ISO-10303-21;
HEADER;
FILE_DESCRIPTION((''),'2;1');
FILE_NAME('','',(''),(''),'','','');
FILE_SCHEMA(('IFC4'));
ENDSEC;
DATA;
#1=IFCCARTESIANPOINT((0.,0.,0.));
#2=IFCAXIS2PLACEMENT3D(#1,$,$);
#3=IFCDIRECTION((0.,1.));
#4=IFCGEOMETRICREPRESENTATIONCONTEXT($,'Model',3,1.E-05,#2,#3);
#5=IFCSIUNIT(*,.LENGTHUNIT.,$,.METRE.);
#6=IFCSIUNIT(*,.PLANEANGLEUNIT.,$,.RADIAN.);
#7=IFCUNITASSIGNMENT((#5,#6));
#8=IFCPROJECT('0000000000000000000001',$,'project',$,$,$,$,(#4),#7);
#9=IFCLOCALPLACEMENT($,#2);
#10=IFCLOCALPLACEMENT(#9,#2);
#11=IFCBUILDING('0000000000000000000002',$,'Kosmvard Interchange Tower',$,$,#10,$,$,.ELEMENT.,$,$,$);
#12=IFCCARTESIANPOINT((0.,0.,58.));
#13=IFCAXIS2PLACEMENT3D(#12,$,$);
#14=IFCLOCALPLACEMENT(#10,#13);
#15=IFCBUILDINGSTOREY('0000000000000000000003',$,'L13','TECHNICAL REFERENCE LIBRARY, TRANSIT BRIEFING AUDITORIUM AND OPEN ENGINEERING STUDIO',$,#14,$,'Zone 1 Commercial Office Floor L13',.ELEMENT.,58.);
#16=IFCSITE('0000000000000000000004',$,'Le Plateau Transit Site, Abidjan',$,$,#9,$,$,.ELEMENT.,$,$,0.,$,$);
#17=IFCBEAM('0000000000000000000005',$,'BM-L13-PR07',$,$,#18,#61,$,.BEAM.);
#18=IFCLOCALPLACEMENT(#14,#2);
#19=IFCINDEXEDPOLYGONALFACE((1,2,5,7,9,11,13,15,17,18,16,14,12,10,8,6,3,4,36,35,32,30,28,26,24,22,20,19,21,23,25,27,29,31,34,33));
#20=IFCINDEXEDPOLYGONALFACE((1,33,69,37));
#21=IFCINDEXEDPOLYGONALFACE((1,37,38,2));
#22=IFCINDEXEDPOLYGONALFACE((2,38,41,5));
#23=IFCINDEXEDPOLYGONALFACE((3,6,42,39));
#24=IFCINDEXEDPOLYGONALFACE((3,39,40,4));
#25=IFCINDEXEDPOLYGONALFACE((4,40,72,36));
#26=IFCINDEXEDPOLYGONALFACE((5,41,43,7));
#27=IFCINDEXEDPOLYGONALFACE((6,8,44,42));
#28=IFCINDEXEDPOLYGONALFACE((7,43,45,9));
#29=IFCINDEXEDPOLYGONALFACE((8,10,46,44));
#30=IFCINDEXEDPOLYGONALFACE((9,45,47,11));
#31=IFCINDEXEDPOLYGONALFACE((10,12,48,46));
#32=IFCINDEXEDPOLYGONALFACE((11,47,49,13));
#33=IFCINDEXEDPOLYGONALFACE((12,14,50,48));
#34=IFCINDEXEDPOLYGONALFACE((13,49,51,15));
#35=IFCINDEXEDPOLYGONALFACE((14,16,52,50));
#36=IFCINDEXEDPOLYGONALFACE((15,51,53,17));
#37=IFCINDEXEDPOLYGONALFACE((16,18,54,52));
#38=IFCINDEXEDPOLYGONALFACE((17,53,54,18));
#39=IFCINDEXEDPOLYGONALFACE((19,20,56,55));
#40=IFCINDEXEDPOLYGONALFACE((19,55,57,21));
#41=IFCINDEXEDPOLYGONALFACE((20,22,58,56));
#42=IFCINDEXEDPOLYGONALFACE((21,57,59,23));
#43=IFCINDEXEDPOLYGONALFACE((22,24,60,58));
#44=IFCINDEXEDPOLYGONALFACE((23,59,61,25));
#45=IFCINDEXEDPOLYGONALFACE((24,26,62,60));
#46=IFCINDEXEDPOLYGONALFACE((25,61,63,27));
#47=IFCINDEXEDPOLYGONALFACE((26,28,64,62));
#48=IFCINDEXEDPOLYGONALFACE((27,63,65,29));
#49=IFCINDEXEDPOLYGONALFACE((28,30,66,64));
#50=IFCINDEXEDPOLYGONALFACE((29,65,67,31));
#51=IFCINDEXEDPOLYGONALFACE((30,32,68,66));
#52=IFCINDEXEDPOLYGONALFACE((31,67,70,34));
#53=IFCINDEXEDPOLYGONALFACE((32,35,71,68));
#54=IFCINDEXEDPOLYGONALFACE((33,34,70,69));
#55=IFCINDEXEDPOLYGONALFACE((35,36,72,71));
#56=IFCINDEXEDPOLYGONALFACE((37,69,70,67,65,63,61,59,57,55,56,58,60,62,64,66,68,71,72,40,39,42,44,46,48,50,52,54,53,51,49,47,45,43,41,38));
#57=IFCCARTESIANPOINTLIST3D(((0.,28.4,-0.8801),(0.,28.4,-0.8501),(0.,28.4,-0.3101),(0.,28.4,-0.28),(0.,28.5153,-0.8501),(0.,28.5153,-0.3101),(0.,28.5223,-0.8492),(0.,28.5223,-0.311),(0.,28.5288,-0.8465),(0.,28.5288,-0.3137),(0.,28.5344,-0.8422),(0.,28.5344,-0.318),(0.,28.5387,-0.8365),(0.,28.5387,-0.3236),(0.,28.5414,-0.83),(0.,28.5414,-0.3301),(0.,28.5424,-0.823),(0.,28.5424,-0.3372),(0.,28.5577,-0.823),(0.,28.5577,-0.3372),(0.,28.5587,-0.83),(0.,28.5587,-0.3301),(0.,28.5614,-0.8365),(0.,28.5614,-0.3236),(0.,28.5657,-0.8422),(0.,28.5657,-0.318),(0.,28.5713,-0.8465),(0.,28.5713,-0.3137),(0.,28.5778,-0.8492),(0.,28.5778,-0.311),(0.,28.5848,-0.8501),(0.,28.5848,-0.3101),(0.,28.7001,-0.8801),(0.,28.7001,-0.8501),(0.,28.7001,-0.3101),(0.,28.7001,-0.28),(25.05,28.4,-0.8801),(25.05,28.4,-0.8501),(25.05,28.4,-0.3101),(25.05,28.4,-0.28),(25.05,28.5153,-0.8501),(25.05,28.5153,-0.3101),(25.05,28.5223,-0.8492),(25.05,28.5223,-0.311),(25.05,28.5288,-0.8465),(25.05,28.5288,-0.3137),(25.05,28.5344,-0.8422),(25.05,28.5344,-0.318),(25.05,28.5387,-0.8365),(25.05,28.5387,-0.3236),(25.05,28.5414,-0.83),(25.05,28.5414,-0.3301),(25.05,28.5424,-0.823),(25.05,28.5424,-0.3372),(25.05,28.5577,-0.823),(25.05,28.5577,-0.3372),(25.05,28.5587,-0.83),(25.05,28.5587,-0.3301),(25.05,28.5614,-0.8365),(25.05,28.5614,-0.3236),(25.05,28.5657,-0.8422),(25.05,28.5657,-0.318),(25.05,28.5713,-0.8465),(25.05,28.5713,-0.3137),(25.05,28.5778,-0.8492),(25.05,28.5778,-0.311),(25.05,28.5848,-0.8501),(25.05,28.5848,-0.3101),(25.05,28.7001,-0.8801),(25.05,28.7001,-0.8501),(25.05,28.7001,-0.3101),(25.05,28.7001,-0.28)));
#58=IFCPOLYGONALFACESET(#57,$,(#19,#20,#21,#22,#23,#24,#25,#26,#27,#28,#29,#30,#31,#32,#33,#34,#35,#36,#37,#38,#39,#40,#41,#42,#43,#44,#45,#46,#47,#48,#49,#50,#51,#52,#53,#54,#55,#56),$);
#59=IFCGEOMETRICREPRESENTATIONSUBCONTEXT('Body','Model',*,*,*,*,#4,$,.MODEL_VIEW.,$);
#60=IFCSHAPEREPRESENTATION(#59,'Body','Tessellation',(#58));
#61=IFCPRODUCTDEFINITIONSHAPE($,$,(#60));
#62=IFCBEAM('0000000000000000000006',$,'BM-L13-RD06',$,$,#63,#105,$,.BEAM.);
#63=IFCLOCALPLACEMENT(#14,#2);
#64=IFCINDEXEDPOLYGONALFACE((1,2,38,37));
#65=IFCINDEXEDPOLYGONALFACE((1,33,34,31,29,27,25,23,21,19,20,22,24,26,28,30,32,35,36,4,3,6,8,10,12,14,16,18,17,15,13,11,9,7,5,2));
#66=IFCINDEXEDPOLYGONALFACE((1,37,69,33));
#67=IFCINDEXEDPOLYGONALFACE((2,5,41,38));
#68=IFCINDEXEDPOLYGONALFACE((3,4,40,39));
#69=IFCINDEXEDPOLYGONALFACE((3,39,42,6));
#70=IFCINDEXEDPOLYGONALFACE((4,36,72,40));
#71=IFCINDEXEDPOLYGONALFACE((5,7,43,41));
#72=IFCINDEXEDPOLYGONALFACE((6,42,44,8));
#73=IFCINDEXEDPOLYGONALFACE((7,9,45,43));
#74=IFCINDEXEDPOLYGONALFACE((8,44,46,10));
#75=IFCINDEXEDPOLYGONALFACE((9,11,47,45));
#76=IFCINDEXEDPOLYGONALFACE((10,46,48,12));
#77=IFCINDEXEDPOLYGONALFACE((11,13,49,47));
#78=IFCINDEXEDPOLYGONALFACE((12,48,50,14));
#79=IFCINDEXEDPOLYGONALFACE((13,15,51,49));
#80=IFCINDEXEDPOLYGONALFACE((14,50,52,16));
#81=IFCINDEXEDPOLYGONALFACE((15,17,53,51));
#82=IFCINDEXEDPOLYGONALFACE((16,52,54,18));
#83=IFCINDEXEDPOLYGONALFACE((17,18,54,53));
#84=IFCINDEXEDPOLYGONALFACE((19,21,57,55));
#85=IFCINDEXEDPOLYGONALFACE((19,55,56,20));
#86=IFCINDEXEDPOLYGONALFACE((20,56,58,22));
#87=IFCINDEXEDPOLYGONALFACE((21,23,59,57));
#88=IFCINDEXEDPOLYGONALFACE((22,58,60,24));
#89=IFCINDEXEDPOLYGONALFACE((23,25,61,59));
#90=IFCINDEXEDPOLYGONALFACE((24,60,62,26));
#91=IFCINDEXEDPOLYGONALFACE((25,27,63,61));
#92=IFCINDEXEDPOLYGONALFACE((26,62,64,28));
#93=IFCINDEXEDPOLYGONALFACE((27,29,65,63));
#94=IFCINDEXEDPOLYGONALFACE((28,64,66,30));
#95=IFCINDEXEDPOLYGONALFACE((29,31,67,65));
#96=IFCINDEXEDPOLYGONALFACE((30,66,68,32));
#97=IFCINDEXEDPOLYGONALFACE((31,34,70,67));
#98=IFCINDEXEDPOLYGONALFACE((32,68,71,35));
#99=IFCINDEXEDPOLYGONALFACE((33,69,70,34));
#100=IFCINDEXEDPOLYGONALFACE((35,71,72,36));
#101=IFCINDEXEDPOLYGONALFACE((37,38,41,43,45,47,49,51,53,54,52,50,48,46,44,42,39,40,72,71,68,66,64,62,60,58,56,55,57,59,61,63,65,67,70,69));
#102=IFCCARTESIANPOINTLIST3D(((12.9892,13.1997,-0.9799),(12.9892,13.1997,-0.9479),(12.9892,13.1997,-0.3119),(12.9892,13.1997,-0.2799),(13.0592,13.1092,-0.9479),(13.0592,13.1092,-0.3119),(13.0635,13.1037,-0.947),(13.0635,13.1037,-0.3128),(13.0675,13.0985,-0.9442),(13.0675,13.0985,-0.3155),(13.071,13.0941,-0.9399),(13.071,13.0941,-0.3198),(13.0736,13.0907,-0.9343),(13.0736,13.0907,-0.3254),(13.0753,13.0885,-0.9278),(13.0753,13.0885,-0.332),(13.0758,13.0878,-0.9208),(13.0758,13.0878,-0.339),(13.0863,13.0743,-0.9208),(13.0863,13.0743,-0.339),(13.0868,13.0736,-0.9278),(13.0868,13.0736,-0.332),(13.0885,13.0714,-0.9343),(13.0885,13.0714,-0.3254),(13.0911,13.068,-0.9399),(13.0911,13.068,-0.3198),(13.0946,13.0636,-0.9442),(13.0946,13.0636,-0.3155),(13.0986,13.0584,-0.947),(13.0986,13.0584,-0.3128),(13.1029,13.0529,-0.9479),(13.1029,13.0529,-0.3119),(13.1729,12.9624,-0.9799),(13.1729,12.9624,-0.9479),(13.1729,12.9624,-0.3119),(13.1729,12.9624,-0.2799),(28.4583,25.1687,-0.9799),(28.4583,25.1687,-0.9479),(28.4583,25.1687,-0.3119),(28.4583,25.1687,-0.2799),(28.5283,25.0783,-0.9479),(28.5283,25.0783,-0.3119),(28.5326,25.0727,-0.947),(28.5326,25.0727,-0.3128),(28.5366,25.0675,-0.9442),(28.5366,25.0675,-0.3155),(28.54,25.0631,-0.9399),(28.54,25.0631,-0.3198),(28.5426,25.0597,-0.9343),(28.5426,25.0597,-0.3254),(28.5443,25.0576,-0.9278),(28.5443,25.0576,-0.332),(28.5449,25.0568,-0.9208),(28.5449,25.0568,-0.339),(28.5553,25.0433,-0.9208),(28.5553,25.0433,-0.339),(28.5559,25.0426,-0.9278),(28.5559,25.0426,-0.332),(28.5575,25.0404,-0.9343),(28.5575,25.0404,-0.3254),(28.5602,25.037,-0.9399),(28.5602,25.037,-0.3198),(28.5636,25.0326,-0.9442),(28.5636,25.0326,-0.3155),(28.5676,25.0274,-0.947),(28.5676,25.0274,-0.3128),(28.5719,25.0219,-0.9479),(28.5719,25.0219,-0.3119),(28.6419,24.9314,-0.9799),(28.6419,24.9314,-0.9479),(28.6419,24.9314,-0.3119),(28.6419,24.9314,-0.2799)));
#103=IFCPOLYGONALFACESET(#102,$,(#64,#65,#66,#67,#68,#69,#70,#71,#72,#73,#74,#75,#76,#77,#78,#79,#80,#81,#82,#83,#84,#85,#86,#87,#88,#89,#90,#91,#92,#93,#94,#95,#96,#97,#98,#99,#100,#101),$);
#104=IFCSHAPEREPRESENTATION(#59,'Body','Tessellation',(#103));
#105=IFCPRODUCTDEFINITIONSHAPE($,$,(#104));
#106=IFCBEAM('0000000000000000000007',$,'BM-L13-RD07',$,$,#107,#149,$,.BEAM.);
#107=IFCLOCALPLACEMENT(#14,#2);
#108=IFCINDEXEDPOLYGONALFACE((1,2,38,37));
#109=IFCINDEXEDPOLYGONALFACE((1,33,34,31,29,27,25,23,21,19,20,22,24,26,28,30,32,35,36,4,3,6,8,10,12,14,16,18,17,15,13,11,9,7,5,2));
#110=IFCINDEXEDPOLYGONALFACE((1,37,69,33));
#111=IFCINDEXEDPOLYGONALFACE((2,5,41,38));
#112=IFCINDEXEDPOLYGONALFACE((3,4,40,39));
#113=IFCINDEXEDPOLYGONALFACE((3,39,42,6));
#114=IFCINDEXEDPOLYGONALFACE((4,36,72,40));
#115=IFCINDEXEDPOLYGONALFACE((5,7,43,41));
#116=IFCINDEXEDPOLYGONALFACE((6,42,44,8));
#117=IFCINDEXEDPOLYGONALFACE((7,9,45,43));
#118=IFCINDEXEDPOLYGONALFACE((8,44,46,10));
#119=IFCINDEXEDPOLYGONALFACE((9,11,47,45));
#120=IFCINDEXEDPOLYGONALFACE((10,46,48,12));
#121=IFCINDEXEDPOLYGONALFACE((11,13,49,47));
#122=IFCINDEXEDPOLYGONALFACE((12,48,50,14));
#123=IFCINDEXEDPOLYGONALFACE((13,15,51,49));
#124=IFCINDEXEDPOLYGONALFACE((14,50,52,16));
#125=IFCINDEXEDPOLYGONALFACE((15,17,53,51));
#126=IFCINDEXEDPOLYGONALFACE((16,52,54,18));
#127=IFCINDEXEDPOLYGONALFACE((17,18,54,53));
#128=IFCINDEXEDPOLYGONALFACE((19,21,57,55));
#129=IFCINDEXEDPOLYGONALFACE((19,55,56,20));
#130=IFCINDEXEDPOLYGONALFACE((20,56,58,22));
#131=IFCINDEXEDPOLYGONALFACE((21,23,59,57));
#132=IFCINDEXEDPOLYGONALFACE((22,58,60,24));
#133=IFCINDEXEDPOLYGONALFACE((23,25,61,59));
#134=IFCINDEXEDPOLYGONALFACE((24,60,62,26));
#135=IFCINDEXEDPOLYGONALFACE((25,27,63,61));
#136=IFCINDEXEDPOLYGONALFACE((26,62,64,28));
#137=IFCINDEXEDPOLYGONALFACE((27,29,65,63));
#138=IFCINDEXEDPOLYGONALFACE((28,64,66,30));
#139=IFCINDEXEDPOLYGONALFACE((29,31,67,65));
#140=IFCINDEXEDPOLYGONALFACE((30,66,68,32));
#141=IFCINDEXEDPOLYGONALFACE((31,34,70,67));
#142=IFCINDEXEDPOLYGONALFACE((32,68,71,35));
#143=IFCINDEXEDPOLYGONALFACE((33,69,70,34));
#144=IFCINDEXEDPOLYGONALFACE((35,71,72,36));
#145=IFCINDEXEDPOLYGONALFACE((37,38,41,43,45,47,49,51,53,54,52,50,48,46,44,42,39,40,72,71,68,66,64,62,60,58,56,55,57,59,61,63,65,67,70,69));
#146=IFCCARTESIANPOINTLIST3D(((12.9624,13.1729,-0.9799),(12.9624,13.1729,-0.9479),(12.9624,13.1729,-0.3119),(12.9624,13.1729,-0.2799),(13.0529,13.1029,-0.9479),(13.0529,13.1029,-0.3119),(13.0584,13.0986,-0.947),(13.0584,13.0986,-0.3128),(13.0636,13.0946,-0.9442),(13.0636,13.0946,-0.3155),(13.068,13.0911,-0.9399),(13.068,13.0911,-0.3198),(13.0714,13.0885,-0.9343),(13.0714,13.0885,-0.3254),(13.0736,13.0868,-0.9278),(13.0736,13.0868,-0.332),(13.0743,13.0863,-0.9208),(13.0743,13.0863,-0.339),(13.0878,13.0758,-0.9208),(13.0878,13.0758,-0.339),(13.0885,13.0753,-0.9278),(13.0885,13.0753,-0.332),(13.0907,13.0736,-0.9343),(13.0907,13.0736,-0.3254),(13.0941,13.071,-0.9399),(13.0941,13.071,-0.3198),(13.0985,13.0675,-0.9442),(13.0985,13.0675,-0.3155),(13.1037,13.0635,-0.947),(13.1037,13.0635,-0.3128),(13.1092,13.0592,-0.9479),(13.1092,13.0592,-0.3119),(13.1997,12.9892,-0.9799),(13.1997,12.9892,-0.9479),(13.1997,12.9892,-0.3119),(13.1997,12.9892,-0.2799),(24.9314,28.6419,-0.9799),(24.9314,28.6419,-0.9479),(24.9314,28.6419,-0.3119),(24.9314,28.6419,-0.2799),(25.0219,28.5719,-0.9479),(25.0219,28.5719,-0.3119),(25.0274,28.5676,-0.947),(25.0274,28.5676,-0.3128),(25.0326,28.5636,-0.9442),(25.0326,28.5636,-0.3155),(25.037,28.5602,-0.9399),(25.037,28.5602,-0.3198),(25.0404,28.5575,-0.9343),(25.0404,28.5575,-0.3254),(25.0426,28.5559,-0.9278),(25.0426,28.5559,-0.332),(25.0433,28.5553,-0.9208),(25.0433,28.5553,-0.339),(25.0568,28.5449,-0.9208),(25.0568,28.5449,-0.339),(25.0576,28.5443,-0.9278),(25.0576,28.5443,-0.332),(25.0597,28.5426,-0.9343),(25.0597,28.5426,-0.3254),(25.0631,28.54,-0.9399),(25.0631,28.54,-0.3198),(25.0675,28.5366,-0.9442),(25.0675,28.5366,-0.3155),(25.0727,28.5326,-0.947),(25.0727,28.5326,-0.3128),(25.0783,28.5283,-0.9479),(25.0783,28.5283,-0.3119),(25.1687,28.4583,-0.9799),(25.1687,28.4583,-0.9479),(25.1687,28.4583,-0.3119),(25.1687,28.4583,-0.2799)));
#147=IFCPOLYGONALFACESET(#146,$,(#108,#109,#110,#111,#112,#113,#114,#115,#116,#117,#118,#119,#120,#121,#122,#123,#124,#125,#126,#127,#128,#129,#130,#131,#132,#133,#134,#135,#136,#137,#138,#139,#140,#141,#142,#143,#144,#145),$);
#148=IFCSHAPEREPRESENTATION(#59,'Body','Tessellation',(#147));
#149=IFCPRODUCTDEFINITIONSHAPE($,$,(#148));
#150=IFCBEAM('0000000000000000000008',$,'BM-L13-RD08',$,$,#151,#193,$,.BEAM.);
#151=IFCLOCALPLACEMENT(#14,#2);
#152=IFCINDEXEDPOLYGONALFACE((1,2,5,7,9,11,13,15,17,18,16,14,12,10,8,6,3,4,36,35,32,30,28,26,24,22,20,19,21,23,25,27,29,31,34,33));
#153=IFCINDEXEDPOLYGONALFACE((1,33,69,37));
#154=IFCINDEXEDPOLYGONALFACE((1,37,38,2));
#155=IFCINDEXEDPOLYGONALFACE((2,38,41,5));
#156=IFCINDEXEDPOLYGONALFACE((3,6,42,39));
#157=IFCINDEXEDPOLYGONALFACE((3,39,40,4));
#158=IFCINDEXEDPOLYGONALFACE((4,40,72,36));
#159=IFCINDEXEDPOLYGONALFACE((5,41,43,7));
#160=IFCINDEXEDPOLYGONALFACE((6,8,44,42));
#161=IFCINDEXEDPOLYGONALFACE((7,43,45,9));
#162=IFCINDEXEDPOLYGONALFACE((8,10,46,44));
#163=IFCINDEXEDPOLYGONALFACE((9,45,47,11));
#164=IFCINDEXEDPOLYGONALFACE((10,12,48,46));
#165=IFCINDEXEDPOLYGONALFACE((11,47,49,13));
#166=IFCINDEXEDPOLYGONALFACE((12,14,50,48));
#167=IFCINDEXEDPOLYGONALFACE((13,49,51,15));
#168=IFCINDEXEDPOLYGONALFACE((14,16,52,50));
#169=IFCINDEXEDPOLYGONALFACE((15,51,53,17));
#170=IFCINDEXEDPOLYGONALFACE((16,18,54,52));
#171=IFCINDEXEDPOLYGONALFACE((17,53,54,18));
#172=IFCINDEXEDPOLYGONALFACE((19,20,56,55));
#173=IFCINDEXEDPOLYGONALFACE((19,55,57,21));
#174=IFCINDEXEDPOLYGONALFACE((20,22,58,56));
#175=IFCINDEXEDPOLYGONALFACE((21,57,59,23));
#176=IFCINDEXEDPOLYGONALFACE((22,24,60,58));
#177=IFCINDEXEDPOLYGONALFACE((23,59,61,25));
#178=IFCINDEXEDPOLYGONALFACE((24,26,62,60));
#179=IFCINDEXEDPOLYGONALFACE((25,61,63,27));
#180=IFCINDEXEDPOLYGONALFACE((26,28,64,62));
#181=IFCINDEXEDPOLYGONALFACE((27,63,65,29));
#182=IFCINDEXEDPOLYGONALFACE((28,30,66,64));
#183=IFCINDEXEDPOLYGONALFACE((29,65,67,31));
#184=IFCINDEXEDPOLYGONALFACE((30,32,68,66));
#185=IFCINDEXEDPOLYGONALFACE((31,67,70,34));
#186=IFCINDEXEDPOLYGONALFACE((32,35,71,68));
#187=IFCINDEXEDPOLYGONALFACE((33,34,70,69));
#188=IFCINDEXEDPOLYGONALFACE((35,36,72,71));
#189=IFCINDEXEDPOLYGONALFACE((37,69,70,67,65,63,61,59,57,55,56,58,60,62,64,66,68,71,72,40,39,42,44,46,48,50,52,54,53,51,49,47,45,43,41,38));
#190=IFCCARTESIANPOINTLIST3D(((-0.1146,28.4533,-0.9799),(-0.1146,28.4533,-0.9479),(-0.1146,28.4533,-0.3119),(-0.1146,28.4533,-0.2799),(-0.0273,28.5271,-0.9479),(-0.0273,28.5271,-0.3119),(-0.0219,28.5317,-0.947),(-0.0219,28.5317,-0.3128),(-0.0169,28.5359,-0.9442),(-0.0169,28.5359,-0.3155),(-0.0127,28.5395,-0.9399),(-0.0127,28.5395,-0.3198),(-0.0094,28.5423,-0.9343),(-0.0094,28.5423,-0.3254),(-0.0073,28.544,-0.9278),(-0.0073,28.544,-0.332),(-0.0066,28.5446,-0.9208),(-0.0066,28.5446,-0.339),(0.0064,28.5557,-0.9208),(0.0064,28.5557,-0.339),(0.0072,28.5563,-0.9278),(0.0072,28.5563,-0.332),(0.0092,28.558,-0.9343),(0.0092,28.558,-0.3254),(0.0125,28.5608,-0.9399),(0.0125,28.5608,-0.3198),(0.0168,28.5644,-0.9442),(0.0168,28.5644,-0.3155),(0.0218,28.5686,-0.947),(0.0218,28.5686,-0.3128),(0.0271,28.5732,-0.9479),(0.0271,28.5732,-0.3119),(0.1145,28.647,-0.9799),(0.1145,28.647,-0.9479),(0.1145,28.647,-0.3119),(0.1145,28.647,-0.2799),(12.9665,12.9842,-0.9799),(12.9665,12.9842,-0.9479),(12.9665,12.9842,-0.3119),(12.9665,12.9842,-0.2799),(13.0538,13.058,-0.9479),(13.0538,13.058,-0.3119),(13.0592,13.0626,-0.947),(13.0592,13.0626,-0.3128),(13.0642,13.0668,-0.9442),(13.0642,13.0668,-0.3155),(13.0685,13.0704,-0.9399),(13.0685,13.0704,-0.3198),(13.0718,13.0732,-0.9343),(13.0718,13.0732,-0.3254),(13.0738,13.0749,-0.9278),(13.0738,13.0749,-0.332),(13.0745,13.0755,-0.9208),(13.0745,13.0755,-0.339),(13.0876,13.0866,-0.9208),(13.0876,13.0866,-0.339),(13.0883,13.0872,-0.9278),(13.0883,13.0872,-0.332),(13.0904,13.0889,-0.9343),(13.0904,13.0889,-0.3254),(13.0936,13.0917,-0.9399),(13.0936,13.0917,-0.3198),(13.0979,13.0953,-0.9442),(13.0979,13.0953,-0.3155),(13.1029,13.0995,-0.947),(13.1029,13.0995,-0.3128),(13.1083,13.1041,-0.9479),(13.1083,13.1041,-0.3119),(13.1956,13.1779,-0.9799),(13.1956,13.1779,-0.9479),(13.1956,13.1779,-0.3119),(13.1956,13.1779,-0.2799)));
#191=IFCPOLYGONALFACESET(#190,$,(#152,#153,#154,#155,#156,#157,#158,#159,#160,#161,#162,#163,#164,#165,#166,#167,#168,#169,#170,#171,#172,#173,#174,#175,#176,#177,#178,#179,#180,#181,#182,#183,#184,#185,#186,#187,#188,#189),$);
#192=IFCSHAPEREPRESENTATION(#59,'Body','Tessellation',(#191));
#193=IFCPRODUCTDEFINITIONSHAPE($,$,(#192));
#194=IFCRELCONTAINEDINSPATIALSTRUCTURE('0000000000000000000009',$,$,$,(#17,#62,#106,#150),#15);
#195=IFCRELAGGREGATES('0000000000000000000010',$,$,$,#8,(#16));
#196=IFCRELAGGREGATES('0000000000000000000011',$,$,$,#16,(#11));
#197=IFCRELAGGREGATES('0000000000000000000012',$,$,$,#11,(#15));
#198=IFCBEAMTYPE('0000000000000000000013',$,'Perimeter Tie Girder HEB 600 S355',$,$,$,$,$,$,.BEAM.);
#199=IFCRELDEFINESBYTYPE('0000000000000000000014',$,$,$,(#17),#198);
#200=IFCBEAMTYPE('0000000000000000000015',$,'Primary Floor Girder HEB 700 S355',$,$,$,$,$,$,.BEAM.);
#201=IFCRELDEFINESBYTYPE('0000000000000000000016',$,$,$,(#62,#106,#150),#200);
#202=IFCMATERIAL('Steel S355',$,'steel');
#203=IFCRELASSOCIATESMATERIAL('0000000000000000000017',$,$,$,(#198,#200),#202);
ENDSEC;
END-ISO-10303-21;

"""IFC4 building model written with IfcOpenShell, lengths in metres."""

from ifc_helpers import new_model, si_unit, direction, frame, origin, origin_2d, place, context, subcontext, project, spatial, i_section, extrude, source, transform, mapped, material, material_profile, profile_set, type_object, element, save


model = new_model("IFC4")

# Units and contexts
model_context = context("Model", 3, precision=1e-05, world=origin(), true_north=direction((0.0, 1.0)))
body_context = subcontext(model_context, "Body", "Model", "MODEL_VIEW")
ifc_project = project(units=[si_unit("LENGTHUNIT", "METRE"), si_unit("PLANEANGLEUNIT", "RADIAN")], contexts=[model_context])

# Site, building, storey
site_placement = place(None, origin())
site = spatial("IfcSite", under=ifc_project, at=site_placement, Name="Le Plateau Transit Site, Abidjan", CompositionType="ELEMENT", RefElevation=0.0)
building_placement = place(site_placement, origin())
building = spatial("IfcBuilding", under=site, at=building_placement, Name="Kosmvard Interchange Tower", CompositionType="ELEMENT")
storey_placement = place(building_placement, frame((0.0, 0.0, 58.0)))
storey = spatial("IfcBuildingStorey", under=building, at=storey_placement, Name="L13", Description="TECHNICAL REFERENCE LIBRARY, TRANSIT BRIEFING AUDITORIUM AND OPEN ENGINEERING STUDIO", LongName="Zone 1 Commercial Office Floor L13", CompositionType="ELEMENT", Elevation=58.0)

# Beams
ifc_material_1 = material(Name="Steel S355", Category="steel")
ifc_material_profile_1 = material_profile(ifc_material_1, i_section(OverallWidth=0.3, OverallDepth=0.6001, WebThickness=0.0154, FlangeThickness=0.03, FilletRadius=0.0271, at=origin_2d()), Name="HEB 600")
ifc_profile_set_1 = profile_set([ifc_material_profile_1], Name="Steel S355")
beam_type_1 = type_object("IfcBeamType", Name="Perimeter Tie Girder HEB 600 S355", PredefinedType="BEAM", material=ifc_profile_set_1)
shared_shape_1 = source(origin(), body_context, "Body", "SweptSolid", [
    extrude(i_section(OverallWidth=0.3, OverallDepth=0.6001, WebThickness=0.0154, FlangeThickness=0.03, FilletRadius=0.0271, at=origin_2d()), origin(), (0.0, 0.0, 1.0), 25.05),
])
beam_1_placement = place(storey_placement, frame((25.05, 28.55, -0.5801), z_axis=(-1.0, 0.0, 0.0), x_axis=(0.0, -1.0, 0.0)))
element("IfcBeam", 1, at=beam_1_placement, inside=storey, type_object=beam_type_1, Name="BM-L13-PR07", PredefinedType="BEAM", context=body_context, shape_type="MappedRepresentation", body=[
    mapped(shared_shape_1, transform((0.0, 0.0, 0.0), scale=1.0)),
])
ifc_material_profile_2 = material_profile(ifc_material_1, i_section(OverallWidth=0.3, OverallDepth=0.7, WebThickness=0.0171, FlangeThickness=0.032, FilletRadius=0.0271, at=origin_2d()), Name="HEB 700")
ifc_profile_set_2 = profile_set([ifc_material_profile_2], Name="Steel S355")
beam_type_2 = type_object("IfcBeamType", Name="Primary Floor Girder HEB 700 S355", PredefinedType="BEAM", material=ifc_profile_set_2)
shared_shape_2 = source(origin(), body_context, "Body", "SweptSolid", [
    extrude(i_section(OverallWidth=0.3, OverallDepth=0.7, WebThickness=0.0171, FlangeThickness=0.032, FilletRadius=0.0271, at=origin_2d()), origin(), (0.0, 0.0, 1.0), 19.5588),
])
for number, where, z_axis, x_axis, name in (
    (2, (13.0811, 13.0811, -0.6299), (0.790897, 0.611949, 0.0), (-0.611949, 0.790897, 0.0), "BM-L13-RD06"),
    (3, (13.0811, 13.0811, -0.6299), (0.611949, 0.790897, 0.0), (-0.790897, 0.611949, 0.0), "BM-L13-RD07"),
):
    element("IfcBeam", number, at=place(storey_placement, frame(where, z_axis=z_axis, x_axis=x_axis)), inside=storey, type_object=beam_type_2, Name=name, PredefinedType="BEAM", context=body_context, shape_type="MappedRepresentation", body=[
        mapped(shared_shape_2, transform((0.0, 0.0, 0.0), scale=1.0)),
    ])
shared_shape_3 = source(origin(), body_context, "Body", "SweptSolid", [
    extrude(i_section(OverallWidth=0.3, OverallDepth=0.7, WebThickness=0.0171, FlangeThickness=0.032, FilletRadius=0.0271, at=origin_2d()), origin(), (0.0, 0.0, 1.0), 20.2585),
])
beam_2_placement = place(storey_placement, frame((13.0811, 13.0811, -0.6299), z_axis=(-0.645709, 0.763583, 0.0), x_axis=(-0.763583, -0.645709, 0.0)))
element("IfcBeam", 4, at=beam_2_placement, inside=storey, type_object=beam_type_2, Name="BM-L13-RD08", PredefinedType="BEAM", context=body_context, shape_type="MappedRepresentation", body=[
    mapped(shared_shape_3, transform((0.0, 0.0, 0.0), scale=1.0)),
])

save(model, "model.ifc")
